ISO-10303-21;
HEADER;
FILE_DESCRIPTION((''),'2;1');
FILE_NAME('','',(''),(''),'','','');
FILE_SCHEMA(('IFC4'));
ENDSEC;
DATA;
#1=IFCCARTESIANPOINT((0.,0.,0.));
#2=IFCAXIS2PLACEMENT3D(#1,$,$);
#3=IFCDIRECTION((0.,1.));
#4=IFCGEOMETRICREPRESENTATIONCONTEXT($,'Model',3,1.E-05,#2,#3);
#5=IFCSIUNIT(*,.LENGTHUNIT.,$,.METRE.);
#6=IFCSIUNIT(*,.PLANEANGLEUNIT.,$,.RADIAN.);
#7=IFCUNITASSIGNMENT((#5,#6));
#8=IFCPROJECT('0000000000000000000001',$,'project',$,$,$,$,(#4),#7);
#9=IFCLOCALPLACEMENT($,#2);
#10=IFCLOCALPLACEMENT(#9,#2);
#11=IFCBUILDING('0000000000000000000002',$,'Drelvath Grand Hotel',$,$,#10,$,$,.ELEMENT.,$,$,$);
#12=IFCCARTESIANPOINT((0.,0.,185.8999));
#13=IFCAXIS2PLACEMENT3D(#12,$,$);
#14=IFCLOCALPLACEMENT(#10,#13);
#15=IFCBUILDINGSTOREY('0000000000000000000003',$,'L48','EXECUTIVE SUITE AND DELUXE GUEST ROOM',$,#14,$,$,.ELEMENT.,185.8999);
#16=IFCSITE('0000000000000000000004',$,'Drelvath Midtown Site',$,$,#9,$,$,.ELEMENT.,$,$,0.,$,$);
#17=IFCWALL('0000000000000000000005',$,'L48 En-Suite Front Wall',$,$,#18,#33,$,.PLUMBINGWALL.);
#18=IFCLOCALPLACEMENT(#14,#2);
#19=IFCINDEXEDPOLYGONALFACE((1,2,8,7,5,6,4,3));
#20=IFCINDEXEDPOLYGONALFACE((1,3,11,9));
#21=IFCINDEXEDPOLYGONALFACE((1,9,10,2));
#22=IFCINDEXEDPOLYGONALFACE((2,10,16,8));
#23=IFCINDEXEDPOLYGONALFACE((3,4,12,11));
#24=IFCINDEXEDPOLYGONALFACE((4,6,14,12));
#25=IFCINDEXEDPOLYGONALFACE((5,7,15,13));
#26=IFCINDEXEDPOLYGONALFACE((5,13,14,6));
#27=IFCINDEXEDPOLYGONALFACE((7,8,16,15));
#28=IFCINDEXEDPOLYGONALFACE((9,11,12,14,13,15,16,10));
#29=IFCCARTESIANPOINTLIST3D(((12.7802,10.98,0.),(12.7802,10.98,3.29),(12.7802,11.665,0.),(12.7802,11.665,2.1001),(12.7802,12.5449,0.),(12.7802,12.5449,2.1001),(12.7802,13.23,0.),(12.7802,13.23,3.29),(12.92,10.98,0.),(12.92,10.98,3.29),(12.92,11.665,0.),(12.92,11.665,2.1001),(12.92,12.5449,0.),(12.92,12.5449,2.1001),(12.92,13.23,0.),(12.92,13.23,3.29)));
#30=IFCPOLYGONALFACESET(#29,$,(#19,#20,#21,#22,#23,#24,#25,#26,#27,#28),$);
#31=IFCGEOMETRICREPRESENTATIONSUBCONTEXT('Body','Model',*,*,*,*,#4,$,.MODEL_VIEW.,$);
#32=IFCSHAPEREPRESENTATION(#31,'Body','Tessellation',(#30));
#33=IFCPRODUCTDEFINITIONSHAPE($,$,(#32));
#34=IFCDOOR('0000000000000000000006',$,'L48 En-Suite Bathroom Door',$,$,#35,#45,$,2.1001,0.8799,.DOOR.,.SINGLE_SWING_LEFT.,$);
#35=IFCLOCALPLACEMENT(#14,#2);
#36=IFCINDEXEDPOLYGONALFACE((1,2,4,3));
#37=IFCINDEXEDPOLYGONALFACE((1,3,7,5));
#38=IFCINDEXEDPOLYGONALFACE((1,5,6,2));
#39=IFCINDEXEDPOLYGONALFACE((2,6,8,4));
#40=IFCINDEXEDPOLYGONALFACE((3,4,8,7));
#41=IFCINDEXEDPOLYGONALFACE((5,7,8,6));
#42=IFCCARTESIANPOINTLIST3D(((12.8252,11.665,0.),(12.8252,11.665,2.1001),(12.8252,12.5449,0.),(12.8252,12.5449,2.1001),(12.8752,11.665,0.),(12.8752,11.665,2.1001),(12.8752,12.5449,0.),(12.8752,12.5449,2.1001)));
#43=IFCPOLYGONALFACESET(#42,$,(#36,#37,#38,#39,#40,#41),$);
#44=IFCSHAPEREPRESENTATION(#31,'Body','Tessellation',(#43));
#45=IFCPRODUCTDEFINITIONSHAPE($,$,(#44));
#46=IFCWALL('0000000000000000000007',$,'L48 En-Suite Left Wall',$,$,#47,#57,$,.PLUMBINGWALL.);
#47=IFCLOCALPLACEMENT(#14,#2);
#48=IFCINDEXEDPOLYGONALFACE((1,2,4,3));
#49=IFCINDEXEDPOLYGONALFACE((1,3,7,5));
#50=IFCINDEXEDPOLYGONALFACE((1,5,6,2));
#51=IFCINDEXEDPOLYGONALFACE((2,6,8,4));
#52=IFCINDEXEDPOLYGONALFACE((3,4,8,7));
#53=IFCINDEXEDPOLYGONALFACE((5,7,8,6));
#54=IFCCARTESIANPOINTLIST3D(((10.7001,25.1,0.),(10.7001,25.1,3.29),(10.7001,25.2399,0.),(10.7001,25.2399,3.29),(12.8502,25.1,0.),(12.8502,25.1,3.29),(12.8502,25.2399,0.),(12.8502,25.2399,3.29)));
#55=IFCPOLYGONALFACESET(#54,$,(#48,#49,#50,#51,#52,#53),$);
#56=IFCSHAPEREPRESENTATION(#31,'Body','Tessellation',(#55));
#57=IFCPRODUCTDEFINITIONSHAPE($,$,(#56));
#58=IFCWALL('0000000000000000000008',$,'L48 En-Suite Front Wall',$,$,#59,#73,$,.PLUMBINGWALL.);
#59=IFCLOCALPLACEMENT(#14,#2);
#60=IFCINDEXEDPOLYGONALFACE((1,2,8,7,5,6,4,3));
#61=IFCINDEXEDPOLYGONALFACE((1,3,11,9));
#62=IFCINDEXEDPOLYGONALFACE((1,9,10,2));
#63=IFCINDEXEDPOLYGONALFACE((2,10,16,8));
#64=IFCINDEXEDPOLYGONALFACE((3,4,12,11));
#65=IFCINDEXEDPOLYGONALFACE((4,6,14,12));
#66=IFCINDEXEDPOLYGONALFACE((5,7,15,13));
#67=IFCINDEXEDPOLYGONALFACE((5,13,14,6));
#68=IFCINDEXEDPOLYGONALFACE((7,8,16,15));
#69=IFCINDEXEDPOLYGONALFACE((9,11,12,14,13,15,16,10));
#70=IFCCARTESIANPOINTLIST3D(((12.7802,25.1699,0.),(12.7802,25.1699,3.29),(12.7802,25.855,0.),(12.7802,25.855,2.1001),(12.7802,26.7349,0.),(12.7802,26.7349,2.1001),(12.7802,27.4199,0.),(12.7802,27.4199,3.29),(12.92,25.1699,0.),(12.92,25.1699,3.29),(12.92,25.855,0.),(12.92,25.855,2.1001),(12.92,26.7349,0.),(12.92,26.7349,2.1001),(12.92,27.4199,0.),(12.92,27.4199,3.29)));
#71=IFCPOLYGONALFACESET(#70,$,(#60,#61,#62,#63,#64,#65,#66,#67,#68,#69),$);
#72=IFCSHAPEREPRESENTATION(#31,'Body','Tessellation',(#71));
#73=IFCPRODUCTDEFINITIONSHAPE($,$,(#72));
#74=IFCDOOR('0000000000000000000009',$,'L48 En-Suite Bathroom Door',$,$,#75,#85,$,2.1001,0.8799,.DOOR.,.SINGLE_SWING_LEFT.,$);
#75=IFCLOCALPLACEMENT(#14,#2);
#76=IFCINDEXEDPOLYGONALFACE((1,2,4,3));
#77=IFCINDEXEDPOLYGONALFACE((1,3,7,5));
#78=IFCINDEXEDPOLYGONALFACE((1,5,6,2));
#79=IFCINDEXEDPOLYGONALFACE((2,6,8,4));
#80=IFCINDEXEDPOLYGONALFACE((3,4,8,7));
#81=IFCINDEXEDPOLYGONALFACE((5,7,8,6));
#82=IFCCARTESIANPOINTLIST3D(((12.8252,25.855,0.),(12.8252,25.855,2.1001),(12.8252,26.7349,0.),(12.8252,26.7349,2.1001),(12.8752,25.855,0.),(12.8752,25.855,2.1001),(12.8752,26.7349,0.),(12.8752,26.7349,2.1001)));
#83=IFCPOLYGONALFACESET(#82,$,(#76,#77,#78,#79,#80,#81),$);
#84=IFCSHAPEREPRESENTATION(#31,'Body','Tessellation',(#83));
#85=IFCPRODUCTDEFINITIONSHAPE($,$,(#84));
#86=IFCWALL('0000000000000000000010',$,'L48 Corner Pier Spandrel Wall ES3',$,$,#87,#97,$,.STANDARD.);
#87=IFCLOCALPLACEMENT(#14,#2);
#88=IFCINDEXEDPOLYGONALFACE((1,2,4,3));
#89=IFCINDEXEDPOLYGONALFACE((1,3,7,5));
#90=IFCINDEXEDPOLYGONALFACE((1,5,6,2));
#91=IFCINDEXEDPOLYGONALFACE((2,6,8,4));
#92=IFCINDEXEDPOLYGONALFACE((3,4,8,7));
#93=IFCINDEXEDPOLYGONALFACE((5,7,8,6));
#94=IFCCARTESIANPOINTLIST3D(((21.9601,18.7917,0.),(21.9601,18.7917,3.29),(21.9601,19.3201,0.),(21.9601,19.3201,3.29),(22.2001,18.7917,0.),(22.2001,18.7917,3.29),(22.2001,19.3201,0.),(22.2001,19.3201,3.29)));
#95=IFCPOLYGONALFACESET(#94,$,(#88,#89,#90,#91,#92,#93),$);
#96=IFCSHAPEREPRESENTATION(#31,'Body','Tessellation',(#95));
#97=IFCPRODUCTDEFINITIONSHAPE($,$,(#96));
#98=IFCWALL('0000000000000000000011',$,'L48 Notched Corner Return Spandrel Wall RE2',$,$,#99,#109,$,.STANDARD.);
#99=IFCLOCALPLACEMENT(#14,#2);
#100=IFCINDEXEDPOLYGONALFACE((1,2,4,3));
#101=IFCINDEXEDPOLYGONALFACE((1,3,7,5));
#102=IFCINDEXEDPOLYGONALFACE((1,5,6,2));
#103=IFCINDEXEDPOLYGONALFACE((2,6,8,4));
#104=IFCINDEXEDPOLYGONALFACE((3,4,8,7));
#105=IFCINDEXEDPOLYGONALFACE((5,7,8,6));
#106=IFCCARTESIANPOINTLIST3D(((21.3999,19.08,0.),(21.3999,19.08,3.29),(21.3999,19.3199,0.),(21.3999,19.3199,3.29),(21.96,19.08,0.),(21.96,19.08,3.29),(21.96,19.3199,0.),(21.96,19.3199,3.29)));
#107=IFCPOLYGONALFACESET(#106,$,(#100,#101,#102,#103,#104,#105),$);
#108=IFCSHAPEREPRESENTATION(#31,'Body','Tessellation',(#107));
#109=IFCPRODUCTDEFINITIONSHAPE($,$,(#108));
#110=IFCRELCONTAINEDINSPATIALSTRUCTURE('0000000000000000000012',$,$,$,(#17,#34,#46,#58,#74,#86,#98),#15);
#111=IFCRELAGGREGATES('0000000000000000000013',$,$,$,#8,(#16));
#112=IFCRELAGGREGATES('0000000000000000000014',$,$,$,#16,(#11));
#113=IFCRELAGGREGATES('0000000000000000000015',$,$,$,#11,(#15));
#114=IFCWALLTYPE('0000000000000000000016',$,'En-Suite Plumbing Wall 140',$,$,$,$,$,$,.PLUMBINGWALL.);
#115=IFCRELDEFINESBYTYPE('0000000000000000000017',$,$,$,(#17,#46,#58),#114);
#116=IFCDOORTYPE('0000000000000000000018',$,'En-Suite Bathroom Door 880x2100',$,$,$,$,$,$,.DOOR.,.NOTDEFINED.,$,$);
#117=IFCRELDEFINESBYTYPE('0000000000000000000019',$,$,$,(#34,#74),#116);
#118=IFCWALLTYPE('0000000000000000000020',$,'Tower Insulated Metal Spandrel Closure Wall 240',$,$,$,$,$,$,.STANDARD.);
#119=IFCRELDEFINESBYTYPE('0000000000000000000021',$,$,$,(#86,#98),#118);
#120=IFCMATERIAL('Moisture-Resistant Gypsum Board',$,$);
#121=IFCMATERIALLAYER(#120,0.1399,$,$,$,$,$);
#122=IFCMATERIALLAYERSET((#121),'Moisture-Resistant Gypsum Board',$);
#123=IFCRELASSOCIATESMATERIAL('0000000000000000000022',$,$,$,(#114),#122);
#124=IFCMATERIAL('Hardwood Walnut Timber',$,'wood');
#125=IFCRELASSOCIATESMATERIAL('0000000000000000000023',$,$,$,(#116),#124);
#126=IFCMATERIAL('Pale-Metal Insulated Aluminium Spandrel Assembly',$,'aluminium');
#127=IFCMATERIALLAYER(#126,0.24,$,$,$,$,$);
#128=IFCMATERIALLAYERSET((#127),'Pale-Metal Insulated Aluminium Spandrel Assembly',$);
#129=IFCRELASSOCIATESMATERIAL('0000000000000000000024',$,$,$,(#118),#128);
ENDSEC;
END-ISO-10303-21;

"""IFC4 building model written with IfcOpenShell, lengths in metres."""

from ifc_helpers import new_model, si_unit, direction, frame, frame_2d, origin, place, context, subcontext, project, spatial, rectangle, extrude, material, layer, layer_set, type_object, element, fill, save


model = new_model("IFC4")

# Units and contexts
model_context = context("Model", 3, precision=1e-05, world=origin(), true_north=direction((0.0, 1.0)))
body_context = subcontext(model_context, "Body", "Model", "MODEL_VIEW")
ifc_project = project(units=[si_unit("LENGTHUNIT", "METRE"), si_unit("PLANEANGLEUNIT", "RADIAN")], contexts=[model_context])

# Site, building, storey
site_placement = place(None, origin())
site = spatial("IfcSite", under=ifc_project, at=site_placement, Name="Drelvath Midtown Site", CompositionType="ELEMENT", RefElevation=0.0)
building_placement = place(site_placement, origin())
building = spatial("IfcBuilding", under=site, at=building_placement, Name="Drelvath Grand Hotel", CompositionType="ELEMENT")
storey_placement = place(building_placement, frame((0.0, 0.0, 185.8999)))
storey = spatial("IfcBuildingStorey", under=building, at=storey_placement, Name="L48", Description="EXECUTIVE SUITE AND DELUXE GUEST ROOM", CompositionType="ELEMENT", Elevation=185.8999)

# Wall, opening, door
ifc_material_1 = material(Name="Moisture-Resistant Gypsum Board")
ifc_layer_1 = layer(ifc_material_1, 0.1399)
ifc_layer_set_1 = layer_set([ifc_layer_1], Name="Moisture-Resistant Gypsum Board")
wall_type_1 = type_object("IfcWallType", Name="En-Suite Plumbing Wall 140", PredefinedType="PLUMBINGWALL", material=ifc_layer_set_1)
wall_1_placement = place(storey_placement, frame((12.8501, 10.98, 0.0), z_axis=(0.0, 0.0, 1.0), x_axis=(0.0, 1.0, 0.0)))
wall_1 = element("IfcWall", 1, at=wall_1_placement, inside=storey, type_object=wall_type_1, Name="L48 En-Suite Front Wall", PredefinedType="PLUMBINGWALL", context=body_context, shape_type="SweptSolid", body=[
    extrude(rectangle(XDim=2.25, YDim=0.1399, at=frame_2d((1.125, 0.0))), origin(), (0.0, 0.0, 1.0), 3.29),
])
opening_1_placement = place(wall_1_placement, frame((0.6851, 0.0, 0.0)))
opening_1 = element("IfcOpeningElement", 2, at=opening_1_placement, cuts=wall_1, PredefinedType="OPENING", context=body_context, shape_type="SweptSolid", body=[
    extrude(rectangle(XDim=0.8799, YDim=2.1001, at=frame_2d((0.4399, 1.05))), frame((0.0, 0.0798, 0.0), z_axis=(0.0, -1.0, 0.0), x_axis=(1.0, 0.0, 0.0)), (0.0, 0.0, 1.0), 0.1599),
])
ifc_material_2 = material(Name="Hardwood Walnut Timber", Category="wood")
door_type = type_object("IfcDoorType", Name="En-Suite Bathroom Door 880x2100", OperationType="NOTDEFINED", PredefinedType="DOOR", material=ifc_material_2)
door_1_placement = place(opening_1_placement, origin())
door_1 = element("IfcDoor", 3, at=door_1_placement, inside=storey, type_object=door_type, Name="L48 En-Suite Bathroom Door", OperationType="SINGLE_SWING_LEFT", OverallHeight=2.1001, OverallWidth=0.8799, PredefinedType="DOOR", context=body_context, shape_type="SweptSolid", body=[
    extrude(rectangle(XDim=0.8799, YDim=2.1001, at=frame_2d((0.4399, 1.05))), frame((0.0, 0.0249, 0.0), z_axis=(0.0, -1.0, 0.0), x_axis=(1.0, 0.0, 0.0)), (0.0, 0.0, 1.0), 0.05),
])
fill(opening_1, door_1)

# Wall
wall_2_placement = place(storey_placement, frame((10.7, 25.1699, 0.0), z_axis=(0.0, 0.0, 1.0), x_axis=(1.0, 0.0, 0.0)))
element("IfcWall", 4, at=wall_2_placement, inside=storey, type_object=wall_type_1, Name="L48 En-Suite Left Wall", PredefinedType="PLUMBINGWALL", context=body_context, shape_type="SweptSolid", body=[
    extrude(rectangle(XDim=2.1501, YDim=0.1399, at=frame_2d((1.0752, 0.0))), origin(), (0.0, 0.0, 1.0), 3.29),
])

# Wall, opening, door
wall_3_placement = place(storey_placement, frame((12.8501, 25.1699, 0.0), z_axis=(0.0, 0.0, 1.0), x_axis=(0.0, 1.0, 0.0)))
wall_3 = element("IfcWall", 5, at=wall_3_placement, inside=storey, type_object=wall_type_1, Name="L48 En-Suite Front Wall", PredefinedType="PLUMBINGWALL", context=body_context, shape_type="SweptSolid", body=[
    extrude(rectangle(XDim=2.25, YDim=0.1399, at=frame_2d((1.125, 0.0))), origin(), (0.0, 0.0, 1.0), 3.29),
])
opening_2_placement = place(wall_3_placement, frame((0.6851, 0.0, 0.0)))
opening_2 = element("IfcOpeningElement", 6, at=opening_2_placement, cuts=wall_3, PredefinedType="OPENING", context=body_context, shape_type="SweptSolid", body=[
    extrude(rectangle(XDim=0.8799, YDim=2.1001, at=frame_2d((0.4399, 1.05))), frame((0.0, 0.0798, 0.0), z_axis=(0.0, -1.0, 0.0), x_axis=(1.0, 0.0, 0.0)), (0.0, 0.0, 1.0), 0.1599),
])
door_2_placement = place(opening_2_placement, origin())
door_2 = element("IfcDoor", 7, at=door_2_placement, inside=storey, type_object=door_type, Name="L48 En-Suite Bathroom Door", OperationType="SINGLE_SWING_LEFT", OverallHeight=2.1001, OverallWidth=0.8799, PredefinedType="DOOR", context=body_context, shape_type="SweptSolid", body=[
    extrude(rectangle(XDim=0.8799, YDim=2.1001, at=frame_2d((0.4399, 1.05))), frame((0.0, 0.0249, 0.0), z_axis=(0.0, -1.0, 0.0), x_axis=(1.0, 0.0, 0.0)), (0.0, 0.0, 1.0), 0.05),
])
fill(opening_2, door_2)

# Walls
ifc_material_3 = material(Name="Pale-Metal Insulated Aluminium Spandrel Assembly", Category="aluminium")
ifc_layer_2 = layer(ifc_material_3, 0.24)
ifc_layer_set_2 = layer_set([ifc_layer_2], Name="Pale-Metal Insulated Aluminium Spandrel Assembly")
wall_type_2 = type_object("IfcWallType", Name="Tower Insulated Metal Spandrel Closure Wall 240", PredefinedType="STANDARD", material=ifc_layer_set_2)
wall_4_placement = place(storey_placement, frame((22.0801, 19.3201, 0.0), z_axis=(0.0, 0.0, 1.0), x_axis=(0.0, -1.0, 0.0)))
element("IfcWall", 8, at=wall_4_placement, inside=storey, type_object=wall_type_2, Name="L48 Corner Pier Spandrel Wall ES3", PredefinedType="STANDARD", context=body_context, shape_type="SweptSolid", body=[
    extrude(rectangle(XDim=0.5283, YDim=0.24, at=frame_2d((0.2642, 0.0))), origin(), (0.0, 0.0, 1.0), 3.29),
])
wall_5_placement = place(storey_placement, frame((21.3999, 19.2, 0.0), z_axis=(0.0, 0.0, 1.0), x_axis=(1.0, 0.0, 0.0)))
element("IfcWall", 9, at=wall_5_placement, inside=storey, type_object=wall_type_2, Name="L48 Notched Corner Return Spandrel Wall RE2", PredefinedType="STANDARD", context=body_context, shape_type="SweptSolid", body=[
    extrude(rectangle(XDim=0.5601, YDim=0.24, at=frame_2d((0.28, 0.0))), origin(), (0.0, 0.0, 1.0), 3.29),
])

save(model, "model.ifc")
